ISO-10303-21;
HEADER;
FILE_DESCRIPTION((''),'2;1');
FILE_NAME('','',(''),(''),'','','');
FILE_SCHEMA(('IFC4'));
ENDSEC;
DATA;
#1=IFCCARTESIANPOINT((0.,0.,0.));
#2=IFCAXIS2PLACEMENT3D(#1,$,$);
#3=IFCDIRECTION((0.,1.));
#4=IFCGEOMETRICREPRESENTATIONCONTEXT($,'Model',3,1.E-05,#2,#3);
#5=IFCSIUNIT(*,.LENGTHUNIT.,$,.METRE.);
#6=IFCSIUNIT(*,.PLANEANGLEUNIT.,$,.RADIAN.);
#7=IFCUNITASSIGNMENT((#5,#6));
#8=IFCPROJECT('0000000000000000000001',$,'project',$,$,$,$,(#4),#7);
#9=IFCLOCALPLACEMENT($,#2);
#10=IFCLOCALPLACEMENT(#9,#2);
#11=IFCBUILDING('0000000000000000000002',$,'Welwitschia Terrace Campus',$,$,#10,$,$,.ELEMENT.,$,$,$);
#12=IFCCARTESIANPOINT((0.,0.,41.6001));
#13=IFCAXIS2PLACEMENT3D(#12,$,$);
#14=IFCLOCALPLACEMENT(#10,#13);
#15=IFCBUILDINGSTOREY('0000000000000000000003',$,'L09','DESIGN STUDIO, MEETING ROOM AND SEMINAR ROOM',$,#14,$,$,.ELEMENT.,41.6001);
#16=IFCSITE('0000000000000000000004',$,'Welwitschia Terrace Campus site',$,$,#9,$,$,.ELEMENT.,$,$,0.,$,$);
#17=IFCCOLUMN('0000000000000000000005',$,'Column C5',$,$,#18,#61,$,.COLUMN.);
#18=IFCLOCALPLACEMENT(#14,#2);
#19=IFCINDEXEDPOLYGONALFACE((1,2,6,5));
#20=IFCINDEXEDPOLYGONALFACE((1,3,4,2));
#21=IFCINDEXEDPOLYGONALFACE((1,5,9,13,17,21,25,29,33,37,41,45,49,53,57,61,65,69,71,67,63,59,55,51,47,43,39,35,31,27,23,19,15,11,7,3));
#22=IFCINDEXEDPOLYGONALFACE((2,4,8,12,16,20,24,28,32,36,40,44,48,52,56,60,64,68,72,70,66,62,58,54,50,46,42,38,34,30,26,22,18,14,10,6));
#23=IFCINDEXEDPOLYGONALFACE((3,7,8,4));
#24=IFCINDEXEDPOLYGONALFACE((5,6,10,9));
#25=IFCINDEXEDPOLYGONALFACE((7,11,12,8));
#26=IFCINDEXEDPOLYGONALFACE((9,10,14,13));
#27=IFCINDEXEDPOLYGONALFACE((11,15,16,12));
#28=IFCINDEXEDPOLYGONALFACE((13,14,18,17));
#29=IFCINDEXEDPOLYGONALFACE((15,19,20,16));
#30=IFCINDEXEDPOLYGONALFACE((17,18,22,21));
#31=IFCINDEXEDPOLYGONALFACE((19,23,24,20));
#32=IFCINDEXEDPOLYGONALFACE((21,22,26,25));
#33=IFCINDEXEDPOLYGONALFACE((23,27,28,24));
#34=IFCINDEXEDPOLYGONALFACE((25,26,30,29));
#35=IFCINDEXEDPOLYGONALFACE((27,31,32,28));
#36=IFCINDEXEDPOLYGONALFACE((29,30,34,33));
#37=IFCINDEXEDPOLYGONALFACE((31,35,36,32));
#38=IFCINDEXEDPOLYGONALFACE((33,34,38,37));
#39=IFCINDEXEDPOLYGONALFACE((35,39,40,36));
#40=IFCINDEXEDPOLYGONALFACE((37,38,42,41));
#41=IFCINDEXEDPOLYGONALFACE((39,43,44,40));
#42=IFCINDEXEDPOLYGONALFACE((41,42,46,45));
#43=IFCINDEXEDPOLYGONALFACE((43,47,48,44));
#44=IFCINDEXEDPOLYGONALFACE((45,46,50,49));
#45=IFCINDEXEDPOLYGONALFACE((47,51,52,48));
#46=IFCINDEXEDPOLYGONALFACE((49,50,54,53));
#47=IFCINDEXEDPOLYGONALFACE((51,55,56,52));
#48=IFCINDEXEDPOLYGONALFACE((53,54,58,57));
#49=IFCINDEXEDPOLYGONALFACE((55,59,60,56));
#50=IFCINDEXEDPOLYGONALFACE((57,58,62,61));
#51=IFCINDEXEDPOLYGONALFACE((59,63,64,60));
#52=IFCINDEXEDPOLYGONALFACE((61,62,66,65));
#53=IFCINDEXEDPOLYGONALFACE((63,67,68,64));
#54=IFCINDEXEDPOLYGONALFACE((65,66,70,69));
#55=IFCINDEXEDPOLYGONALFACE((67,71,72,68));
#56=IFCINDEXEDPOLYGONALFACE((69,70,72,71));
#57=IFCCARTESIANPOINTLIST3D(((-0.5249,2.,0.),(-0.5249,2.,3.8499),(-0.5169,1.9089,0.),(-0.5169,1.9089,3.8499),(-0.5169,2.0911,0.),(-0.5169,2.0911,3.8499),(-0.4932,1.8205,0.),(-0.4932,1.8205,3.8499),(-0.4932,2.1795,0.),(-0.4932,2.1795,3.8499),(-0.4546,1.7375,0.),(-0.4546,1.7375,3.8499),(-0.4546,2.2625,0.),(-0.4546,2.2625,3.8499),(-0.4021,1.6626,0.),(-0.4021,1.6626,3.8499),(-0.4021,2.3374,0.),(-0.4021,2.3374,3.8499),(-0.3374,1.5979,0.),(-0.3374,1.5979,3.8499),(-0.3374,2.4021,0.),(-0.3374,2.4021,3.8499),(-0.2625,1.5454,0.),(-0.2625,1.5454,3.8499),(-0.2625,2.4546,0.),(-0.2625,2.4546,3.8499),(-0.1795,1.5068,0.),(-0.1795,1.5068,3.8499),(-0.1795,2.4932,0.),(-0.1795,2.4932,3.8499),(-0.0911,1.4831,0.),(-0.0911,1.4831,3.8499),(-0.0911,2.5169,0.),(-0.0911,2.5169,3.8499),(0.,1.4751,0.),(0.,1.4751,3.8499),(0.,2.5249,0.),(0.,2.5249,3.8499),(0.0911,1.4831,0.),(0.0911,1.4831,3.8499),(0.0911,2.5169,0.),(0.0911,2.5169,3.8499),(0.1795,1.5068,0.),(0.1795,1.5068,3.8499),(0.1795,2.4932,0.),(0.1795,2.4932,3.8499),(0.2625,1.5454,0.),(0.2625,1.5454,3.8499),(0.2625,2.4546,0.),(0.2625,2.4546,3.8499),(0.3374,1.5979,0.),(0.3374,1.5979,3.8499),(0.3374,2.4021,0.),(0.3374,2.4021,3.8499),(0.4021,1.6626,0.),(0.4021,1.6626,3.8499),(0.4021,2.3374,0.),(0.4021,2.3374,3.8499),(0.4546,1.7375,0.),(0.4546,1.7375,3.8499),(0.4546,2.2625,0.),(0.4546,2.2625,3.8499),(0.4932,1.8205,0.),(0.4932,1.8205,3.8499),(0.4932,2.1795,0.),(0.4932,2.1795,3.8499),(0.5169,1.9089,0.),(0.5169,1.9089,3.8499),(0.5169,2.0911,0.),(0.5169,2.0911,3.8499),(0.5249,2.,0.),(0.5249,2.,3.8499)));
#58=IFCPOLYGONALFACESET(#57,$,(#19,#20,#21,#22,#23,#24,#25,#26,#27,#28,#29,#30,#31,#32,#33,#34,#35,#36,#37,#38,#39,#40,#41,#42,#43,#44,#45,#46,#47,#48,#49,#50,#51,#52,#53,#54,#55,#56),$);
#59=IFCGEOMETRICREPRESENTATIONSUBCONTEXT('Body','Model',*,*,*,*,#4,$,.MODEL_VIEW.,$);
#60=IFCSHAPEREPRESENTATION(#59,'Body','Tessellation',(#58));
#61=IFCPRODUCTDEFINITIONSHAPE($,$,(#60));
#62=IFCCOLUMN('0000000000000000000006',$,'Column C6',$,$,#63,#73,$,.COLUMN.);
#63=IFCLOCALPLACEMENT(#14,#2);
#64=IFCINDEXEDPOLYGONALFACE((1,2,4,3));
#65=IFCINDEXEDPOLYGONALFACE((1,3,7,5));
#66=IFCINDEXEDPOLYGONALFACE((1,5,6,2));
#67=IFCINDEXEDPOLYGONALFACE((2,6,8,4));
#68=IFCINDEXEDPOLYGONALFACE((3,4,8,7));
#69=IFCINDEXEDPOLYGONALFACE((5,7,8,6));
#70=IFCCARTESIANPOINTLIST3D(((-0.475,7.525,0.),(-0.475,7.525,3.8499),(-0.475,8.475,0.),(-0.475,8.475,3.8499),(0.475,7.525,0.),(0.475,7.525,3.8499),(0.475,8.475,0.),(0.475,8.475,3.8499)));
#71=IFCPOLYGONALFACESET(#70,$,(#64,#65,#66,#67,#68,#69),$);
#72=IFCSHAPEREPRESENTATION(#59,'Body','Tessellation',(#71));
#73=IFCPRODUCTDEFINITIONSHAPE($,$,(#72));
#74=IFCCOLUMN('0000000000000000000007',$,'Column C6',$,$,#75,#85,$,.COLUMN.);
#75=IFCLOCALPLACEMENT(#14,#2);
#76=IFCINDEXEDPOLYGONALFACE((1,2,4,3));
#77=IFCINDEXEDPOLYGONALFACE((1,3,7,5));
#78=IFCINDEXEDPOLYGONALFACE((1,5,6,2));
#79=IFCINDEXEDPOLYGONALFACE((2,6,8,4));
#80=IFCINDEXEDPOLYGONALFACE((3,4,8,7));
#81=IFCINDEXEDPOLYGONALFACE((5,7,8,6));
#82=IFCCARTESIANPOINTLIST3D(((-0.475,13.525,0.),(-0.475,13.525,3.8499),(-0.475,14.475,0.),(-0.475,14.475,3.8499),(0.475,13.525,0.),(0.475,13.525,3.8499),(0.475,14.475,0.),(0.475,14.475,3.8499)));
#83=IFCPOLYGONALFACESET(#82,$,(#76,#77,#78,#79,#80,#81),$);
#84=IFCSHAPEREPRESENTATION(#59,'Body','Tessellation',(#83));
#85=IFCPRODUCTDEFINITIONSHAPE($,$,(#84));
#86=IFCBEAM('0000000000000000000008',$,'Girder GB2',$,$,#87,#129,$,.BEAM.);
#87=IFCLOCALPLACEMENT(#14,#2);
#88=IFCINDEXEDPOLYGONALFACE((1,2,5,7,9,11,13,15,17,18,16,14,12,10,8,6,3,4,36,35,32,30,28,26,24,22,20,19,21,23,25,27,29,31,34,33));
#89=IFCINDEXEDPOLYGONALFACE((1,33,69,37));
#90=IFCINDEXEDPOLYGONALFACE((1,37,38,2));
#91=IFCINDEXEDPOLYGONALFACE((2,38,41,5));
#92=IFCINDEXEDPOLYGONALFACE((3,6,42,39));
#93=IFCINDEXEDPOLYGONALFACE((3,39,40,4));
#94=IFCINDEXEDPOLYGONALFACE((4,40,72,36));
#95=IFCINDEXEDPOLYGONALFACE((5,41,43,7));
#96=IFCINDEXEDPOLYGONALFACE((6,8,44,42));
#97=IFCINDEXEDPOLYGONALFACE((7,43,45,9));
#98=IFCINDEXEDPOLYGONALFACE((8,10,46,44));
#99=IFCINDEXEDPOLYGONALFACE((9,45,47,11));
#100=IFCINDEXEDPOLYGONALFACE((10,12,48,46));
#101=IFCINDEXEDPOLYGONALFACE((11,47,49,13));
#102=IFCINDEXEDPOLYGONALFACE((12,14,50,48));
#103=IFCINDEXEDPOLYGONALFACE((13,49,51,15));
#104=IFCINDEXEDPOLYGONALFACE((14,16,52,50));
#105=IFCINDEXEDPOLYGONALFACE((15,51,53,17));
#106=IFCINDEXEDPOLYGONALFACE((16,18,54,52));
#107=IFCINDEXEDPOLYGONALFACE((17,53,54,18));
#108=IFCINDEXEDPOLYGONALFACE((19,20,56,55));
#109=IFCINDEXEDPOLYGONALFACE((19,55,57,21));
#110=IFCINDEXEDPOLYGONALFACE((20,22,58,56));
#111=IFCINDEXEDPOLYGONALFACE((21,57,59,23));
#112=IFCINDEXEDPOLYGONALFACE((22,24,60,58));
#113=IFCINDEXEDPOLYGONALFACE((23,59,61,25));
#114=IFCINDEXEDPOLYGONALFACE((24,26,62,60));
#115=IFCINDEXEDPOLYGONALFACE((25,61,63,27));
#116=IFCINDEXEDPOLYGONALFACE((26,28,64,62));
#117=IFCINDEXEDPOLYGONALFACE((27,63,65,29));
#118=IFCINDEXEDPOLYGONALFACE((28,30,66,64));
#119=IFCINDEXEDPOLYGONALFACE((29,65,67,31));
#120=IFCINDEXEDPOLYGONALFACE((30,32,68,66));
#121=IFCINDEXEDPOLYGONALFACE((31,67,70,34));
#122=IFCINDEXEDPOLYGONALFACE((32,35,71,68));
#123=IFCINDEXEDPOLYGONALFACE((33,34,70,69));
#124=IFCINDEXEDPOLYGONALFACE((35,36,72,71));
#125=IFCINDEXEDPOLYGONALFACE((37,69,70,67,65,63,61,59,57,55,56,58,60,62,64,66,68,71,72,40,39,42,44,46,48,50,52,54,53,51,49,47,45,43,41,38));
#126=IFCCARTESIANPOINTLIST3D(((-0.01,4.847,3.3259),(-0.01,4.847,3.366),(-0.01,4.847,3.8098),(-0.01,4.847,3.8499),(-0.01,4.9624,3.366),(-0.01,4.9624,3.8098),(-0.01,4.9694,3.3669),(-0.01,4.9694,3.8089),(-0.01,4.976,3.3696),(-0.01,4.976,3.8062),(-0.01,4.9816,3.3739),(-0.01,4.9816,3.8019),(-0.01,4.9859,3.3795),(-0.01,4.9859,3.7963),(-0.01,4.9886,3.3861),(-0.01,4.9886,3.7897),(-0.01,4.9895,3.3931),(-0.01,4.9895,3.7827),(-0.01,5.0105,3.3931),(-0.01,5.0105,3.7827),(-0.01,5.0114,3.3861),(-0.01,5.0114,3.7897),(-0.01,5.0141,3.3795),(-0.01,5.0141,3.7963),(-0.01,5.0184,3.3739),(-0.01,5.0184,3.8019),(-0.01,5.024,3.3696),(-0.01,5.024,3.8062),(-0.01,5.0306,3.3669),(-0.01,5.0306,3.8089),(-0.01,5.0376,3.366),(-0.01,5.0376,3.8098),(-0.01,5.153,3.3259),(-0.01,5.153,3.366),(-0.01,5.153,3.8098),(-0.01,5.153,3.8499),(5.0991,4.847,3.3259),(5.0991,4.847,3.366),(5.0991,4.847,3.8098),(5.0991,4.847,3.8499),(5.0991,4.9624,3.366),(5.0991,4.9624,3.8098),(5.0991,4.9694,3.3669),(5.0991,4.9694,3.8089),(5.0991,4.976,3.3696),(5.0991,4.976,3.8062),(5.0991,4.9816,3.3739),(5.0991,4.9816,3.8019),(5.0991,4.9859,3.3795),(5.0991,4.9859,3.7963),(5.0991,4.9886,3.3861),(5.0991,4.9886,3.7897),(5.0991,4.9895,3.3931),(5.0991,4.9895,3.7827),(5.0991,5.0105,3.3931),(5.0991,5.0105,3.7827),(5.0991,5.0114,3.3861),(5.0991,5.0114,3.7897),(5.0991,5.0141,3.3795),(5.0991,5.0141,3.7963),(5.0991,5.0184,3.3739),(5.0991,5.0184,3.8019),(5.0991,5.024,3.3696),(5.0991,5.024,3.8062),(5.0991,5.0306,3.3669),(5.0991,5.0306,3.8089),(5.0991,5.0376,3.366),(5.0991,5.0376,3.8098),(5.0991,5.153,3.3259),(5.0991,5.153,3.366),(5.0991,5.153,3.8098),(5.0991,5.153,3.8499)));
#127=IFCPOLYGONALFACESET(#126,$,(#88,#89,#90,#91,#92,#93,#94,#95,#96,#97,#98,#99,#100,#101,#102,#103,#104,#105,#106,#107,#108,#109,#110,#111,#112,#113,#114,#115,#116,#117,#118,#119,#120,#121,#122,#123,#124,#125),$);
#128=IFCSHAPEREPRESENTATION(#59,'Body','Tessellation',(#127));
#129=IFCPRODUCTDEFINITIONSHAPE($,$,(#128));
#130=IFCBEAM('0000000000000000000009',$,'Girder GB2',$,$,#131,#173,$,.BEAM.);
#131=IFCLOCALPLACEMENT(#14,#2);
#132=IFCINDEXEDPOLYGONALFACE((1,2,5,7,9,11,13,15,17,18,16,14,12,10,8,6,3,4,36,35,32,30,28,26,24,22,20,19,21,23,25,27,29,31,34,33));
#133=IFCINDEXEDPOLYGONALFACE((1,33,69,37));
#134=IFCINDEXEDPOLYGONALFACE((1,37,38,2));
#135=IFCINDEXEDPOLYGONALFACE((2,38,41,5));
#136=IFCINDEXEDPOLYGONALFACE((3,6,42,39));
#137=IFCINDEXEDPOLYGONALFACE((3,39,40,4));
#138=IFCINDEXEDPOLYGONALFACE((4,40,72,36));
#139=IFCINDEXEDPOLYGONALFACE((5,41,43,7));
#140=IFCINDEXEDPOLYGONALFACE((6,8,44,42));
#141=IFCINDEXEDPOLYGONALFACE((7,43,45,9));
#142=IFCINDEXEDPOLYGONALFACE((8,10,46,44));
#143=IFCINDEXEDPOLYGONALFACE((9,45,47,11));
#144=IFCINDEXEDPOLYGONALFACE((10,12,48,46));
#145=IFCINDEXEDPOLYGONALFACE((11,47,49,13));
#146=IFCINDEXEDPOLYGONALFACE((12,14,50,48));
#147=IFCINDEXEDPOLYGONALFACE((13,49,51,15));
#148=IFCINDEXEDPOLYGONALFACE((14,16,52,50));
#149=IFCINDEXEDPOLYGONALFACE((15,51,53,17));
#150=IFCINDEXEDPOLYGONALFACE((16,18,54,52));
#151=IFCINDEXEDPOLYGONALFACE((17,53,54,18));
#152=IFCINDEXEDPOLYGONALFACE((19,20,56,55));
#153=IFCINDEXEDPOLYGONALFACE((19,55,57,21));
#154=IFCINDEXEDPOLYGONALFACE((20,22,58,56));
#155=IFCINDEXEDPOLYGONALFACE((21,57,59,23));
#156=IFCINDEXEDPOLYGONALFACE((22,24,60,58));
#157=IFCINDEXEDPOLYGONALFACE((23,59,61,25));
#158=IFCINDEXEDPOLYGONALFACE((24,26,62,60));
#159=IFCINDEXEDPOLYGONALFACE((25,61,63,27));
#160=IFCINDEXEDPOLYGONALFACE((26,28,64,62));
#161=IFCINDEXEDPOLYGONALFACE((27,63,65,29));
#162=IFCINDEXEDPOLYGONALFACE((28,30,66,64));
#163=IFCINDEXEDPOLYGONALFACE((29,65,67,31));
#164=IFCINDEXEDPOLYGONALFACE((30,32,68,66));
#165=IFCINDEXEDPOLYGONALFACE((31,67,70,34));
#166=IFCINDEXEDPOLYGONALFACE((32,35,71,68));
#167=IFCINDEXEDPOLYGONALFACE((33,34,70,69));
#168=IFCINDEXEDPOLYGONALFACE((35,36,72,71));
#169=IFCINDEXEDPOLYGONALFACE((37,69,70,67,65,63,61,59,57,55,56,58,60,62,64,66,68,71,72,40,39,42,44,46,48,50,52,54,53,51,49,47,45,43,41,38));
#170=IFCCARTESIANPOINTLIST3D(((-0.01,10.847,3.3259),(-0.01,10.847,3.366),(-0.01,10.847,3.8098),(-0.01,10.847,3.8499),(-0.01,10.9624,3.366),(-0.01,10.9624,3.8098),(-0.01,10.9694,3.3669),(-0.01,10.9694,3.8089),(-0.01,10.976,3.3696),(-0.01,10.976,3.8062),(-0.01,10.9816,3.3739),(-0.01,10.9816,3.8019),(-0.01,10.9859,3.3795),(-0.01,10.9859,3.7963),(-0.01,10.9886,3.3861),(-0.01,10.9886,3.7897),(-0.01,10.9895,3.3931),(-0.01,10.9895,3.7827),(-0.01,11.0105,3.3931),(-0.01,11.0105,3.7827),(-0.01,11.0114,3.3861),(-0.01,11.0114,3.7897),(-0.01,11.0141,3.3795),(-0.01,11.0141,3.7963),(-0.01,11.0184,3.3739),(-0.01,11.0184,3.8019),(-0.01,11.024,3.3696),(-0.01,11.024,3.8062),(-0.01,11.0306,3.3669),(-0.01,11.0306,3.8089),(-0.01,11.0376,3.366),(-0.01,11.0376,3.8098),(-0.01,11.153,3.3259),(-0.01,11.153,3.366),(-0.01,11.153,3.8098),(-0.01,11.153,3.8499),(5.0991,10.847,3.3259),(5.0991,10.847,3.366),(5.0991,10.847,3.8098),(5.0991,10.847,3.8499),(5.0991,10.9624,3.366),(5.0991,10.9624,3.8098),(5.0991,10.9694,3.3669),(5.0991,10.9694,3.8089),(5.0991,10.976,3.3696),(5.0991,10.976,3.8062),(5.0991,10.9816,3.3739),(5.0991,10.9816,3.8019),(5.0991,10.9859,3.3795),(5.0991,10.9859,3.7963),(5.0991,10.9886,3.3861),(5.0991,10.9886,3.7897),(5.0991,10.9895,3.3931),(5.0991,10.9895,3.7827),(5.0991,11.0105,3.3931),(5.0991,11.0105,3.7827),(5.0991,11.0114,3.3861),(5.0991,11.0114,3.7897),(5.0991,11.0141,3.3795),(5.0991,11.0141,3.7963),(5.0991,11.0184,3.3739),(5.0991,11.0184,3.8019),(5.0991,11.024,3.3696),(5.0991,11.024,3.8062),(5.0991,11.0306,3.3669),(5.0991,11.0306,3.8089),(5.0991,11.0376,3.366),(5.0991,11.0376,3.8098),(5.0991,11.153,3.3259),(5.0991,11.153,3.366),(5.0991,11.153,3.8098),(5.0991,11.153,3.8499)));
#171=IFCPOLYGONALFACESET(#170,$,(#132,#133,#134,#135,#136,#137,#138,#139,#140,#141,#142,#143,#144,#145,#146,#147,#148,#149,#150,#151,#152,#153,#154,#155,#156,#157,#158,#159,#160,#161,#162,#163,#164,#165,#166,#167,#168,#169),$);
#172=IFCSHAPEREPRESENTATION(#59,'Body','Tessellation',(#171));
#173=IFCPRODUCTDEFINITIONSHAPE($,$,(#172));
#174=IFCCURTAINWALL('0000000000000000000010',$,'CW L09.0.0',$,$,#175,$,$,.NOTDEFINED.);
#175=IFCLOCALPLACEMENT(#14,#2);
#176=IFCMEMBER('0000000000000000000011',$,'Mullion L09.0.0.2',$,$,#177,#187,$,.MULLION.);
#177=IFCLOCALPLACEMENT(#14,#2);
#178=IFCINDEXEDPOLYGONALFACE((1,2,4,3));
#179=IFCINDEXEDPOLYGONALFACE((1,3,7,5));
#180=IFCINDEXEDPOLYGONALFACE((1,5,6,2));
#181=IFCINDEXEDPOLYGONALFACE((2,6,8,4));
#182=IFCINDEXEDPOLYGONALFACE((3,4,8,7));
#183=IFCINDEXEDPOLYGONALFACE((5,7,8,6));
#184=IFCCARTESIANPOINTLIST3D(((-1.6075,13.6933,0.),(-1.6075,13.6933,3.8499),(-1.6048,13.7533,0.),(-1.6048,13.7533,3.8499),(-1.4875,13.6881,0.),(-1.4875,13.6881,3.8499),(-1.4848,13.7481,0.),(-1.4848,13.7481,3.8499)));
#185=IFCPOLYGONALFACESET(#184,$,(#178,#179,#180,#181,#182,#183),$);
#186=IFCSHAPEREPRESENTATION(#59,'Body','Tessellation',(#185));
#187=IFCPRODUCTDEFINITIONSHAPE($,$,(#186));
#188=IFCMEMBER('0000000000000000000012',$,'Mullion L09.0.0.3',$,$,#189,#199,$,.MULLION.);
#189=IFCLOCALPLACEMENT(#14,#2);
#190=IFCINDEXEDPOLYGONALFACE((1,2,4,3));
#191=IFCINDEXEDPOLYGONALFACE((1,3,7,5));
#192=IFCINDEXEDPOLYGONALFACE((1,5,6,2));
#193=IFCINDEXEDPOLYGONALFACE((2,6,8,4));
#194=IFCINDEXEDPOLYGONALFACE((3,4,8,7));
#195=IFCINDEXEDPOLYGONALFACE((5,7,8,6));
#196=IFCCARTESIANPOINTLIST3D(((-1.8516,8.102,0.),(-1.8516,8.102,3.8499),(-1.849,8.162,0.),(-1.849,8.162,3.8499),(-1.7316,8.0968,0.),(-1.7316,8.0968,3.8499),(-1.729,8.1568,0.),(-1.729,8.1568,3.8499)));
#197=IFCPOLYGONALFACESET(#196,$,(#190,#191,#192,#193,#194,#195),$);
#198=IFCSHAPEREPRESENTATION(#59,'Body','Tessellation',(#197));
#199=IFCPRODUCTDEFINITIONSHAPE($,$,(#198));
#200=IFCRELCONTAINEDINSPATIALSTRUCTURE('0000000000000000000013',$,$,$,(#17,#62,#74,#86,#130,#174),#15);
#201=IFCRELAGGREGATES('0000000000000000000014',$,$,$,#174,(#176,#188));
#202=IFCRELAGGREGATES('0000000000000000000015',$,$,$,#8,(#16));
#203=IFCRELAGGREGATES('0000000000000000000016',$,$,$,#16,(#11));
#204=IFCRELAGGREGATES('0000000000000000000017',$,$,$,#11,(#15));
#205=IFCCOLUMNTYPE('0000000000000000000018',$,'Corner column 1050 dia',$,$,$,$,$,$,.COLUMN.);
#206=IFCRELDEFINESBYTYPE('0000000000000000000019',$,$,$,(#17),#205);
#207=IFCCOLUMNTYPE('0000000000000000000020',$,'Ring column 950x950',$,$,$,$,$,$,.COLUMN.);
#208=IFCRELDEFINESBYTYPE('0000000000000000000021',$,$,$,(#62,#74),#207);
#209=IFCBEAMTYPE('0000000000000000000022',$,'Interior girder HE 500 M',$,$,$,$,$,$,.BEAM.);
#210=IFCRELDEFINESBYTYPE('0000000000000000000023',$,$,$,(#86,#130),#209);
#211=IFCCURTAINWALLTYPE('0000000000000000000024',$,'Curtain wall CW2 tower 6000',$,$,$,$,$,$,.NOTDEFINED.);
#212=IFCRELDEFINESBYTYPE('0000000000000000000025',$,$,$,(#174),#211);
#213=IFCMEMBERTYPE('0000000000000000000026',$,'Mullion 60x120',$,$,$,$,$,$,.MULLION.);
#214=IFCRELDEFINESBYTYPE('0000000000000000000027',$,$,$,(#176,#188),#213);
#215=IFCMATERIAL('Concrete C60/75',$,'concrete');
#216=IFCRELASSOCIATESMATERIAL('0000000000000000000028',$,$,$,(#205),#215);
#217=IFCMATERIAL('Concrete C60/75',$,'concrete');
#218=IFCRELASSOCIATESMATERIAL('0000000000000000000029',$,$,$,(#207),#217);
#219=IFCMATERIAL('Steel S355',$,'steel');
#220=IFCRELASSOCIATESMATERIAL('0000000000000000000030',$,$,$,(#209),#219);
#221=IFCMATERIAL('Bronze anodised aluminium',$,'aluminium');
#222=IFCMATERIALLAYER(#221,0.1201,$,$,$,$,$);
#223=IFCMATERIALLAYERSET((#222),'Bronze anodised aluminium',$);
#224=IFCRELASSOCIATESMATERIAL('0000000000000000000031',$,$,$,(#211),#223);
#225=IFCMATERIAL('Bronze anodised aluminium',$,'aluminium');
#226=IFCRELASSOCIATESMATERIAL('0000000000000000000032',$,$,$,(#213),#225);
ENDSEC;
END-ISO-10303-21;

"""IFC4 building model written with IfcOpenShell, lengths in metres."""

from ifc_helpers import new_model, si_unit, direction, frame, origin, origin_2d, place, context, subcontext, project, spatial, rectangle, circle, i_section, extrude, material, layer, layer_set, material_profile, profile_set, type_object, element, aggregate, save


model = new_model("IFC4")

# Units and contexts
model_context = context("Model", 3, precision=1e-05, world=origin(), true_north=direction((0.0, 1.0)))
body_context = subcontext(model_context, "Body", "Model", "MODEL_VIEW")
ifc_project = project(units=[si_unit("LENGTHUNIT", "METRE"), si_unit("PLANEANGLEUNIT", "RADIAN")], contexts=[model_context])

# Site, building, storey
site_placement = place(None, origin())
site = spatial("IfcSite", under=ifc_project, at=site_placement, Name="Welwitschia Terrace Campus site", CompositionType="ELEMENT", RefElevation=0.0)
building_placement = place(site_placement, origin())
building = spatial("IfcBuilding", under=site, at=building_placement, Name="Welwitschia Terrace Campus", CompositionType="ELEMENT")
storey_placement = place(building_placement, frame((0.0, 0.0, 41.6001)))
storey = spatial("IfcBuildingStorey", under=building, at=storey_placement, Name="L09", Description="DESIGN STUDIO, MEETING ROOM AND SEMINAR ROOM", CompositionType="ELEMENT", Elevation=41.6001)

# Columns
ifc_material_1 = material(Name="Concrete C60/75", Category="concrete")
ifc_material_profile_1 = material_profile(ifc_material_1, circle(Radius=0.5249, at=origin_2d()))
ifc_profile_set_1 = profile_set([ifc_material_profile_1], Name="Concrete C60/75")
column_type_1 = type_object("IfcColumnType", Name="Corner column 1050 dia", PredefinedType="COLUMN", material=ifc_profile_set_1)
column_placement = place(storey_placement, frame((0.0, 2.0, 0.0), z_axis=(0.0, 0.0, 1.0), x_axis=(1.0, 0.0, 0.0)))
element("IfcColumn", 1, at=column_placement, inside=storey, type_object=column_type_1, Name="Column C5", PredefinedType="COLUMN", context=body_context, shape_type="SweptSolid", body=[
    extrude(circle(Radius=0.5249, at=origin_2d()), origin(), (0.0, 0.0, 1.0), 3.8499),
])
ifc_material_2 = material(Name="Concrete C60/75", Category="concrete")
ifc_material_profile_2 = material_profile(ifc_material_2, rectangle(XDim=0.95, YDim=0.95, at=origin_2d()))
ifc_profile_set_2 = profile_set([ifc_material_profile_2], Name="Concrete C60/75")
column_type_2 = type_object("IfcColumnType", Name="Ring column 950x950", PredefinedType="COLUMN", material=ifc_profile_set_2)
for number, where, z_axis, x_axis, name in (
    (2, (0.0, 8.0, 0.0), (0.0, 0.0, 1.0), (1.0, 0.0, 0.0), "Column C6"),
    (3, (0.0, 14.0, 0.0), (0.0, 0.0, 1.0), (1.0, 0.0, 0.0), "Column C6"),
):
    element("IfcColumn", number, at=place(storey_placement, frame(where, z_axis=z_axis, x_axis=x_axis)), inside=storey, type_object=column_type_2, Name=name, PredefinedType="COLUMN", context=body_context, shape_type="SweptSolid", body=[
        extrude(rectangle(XDim=0.95, YDim=0.95, at=origin_2d()), origin(), (0.0, 0.0, 1.0), 3.8499),
    ])

# Beams
ifc_material_3 = material(Name="Steel S355", Category="steel")
ifc_material_profile_3 = material_profile(ifc_material_3, i_section(OverallWidth=0.3059, OverallDepth=0.5239, WebThickness=0.021, FlangeThickness=0.04, FilletRadius=0.0271, at=origin_2d()))
ifc_profile_set_3 = profile_set([ifc_material_profile_3], Name="Steel S355")
beam_type_1 = type_object("IfcBeamType", Name="Interior girder HE 500 M", PredefinedType="BEAM", material=ifc_profile_set_3)
for number, where, z_axis, x_axis, name in (
    (4, (-0.01, 5.0, 3.5879), (1.0, 0.0, 0.0), (0.0, 1.0, 0.0), "Girder GB2"),
    (5, (-0.01, 11.0, 3.5879), (1.0, 0.0, 0.0), (0.0, 1.0, 0.0), "Girder GB2"),
):
    element("IfcBeam", number, at=place(storey_placement, frame(where, z_axis=z_axis, x_axis=x_axis)), inside=storey, type_object=beam_type_1, Name=name, PredefinedType="BEAM", context=body_context, shape_type="SweptSolid", body=[
        extrude(i_section(OverallWidth=0.3059, OverallDepth=0.5239, WebThickness=0.021, FlangeThickness=0.04, FilletRadius=0.0271, at=origin_2d()), origin(), (0.0, 0.0, 1.0), 5.1091),
    ])

# Curtain wall, members
ifc_material_4 = material(Name="Bronze anodised aluminium", Category="aluminium")
ifc_layer_1 = layer(ifc_material_4, 0.1201)
ifc_layer_set_1 = layer_set([ifc_layer_1], Name="Bronze anodised aluminium")
curtain_wall_type = type_object("IfcCurtainWallType", Name="Curtain wall CW2 tower 6000", PredefinedType="NOTDEFINED", material=ifc_layer_set_1)
curtain_wall_1_placement = place(storey_placement, origin())
curtain_wall_1 = element("IfcCurtainWall", 6, at=curtain_wall_1_placement, inside=storey, type_object=curtain_wall_type, Name="CW L09.0.0", PredefinedType="NOTDEFINED")
ifc_material_5 = material(Name="Bronze anodised aluminium", Category="aluminium")
ifc_material_profile_4 = material_profile(ifc_material_5, rectangle(XDim=0.1201, YDim=0.0601, at=origin_2d()))
ifc_profile_set_4 = profile_set([ifc_material_profile_4], Name="Bronze anodised aluminium")
member_type_1 = type_object("IfcMemberType", Name="Mullion 60x120", PredefinedType="MULLION", material=ifc_profile_set_4)
member_1_placement = place(storey_placement, frame((-1.5461, 13.7207, 0.0), z_axis=(0.0, 0.0, 1.0), x_axis=(0.999048, -0.043619, 0.0)))
member_1 = element("IfcMember", 7, at=member_1_placement, type_object=member_type_1, Name="Mullion L09.0.0.2", PredefinedType="MULLION", context=body_context, shape_type="SweptSolid", body=[
    extrude(rectangle(XDim=0.1201, YDim=0.0601, at=origin_2d()), origin(), (0.0, 0.0, 1.0), 3.8499),
])
member_2_placement = place(storey_placement, frame((-1.7903, 8.1294, 0.0), z_axis=(0.0, 0.0, 1.0), x_axis=(0.999048, -0.043619, 0.0)))
member_2 = element("IfcMember", 8, at=member_2_placement, type_object=member_type_1, Name="Mullion L09.0.0.3", PredefinedType="MULLION", context=body_context, shape_type="SweptSolid", body=[
    extrude(rectangle(XDim=0.1201, YDim=0.0601, at=origin_2d()), origin(), (0.0, 0.0, 1.0), 3.8499),
])

aggregate(curtain_wall_1, [member_1, member_2])

save(model, "model.ifc")
